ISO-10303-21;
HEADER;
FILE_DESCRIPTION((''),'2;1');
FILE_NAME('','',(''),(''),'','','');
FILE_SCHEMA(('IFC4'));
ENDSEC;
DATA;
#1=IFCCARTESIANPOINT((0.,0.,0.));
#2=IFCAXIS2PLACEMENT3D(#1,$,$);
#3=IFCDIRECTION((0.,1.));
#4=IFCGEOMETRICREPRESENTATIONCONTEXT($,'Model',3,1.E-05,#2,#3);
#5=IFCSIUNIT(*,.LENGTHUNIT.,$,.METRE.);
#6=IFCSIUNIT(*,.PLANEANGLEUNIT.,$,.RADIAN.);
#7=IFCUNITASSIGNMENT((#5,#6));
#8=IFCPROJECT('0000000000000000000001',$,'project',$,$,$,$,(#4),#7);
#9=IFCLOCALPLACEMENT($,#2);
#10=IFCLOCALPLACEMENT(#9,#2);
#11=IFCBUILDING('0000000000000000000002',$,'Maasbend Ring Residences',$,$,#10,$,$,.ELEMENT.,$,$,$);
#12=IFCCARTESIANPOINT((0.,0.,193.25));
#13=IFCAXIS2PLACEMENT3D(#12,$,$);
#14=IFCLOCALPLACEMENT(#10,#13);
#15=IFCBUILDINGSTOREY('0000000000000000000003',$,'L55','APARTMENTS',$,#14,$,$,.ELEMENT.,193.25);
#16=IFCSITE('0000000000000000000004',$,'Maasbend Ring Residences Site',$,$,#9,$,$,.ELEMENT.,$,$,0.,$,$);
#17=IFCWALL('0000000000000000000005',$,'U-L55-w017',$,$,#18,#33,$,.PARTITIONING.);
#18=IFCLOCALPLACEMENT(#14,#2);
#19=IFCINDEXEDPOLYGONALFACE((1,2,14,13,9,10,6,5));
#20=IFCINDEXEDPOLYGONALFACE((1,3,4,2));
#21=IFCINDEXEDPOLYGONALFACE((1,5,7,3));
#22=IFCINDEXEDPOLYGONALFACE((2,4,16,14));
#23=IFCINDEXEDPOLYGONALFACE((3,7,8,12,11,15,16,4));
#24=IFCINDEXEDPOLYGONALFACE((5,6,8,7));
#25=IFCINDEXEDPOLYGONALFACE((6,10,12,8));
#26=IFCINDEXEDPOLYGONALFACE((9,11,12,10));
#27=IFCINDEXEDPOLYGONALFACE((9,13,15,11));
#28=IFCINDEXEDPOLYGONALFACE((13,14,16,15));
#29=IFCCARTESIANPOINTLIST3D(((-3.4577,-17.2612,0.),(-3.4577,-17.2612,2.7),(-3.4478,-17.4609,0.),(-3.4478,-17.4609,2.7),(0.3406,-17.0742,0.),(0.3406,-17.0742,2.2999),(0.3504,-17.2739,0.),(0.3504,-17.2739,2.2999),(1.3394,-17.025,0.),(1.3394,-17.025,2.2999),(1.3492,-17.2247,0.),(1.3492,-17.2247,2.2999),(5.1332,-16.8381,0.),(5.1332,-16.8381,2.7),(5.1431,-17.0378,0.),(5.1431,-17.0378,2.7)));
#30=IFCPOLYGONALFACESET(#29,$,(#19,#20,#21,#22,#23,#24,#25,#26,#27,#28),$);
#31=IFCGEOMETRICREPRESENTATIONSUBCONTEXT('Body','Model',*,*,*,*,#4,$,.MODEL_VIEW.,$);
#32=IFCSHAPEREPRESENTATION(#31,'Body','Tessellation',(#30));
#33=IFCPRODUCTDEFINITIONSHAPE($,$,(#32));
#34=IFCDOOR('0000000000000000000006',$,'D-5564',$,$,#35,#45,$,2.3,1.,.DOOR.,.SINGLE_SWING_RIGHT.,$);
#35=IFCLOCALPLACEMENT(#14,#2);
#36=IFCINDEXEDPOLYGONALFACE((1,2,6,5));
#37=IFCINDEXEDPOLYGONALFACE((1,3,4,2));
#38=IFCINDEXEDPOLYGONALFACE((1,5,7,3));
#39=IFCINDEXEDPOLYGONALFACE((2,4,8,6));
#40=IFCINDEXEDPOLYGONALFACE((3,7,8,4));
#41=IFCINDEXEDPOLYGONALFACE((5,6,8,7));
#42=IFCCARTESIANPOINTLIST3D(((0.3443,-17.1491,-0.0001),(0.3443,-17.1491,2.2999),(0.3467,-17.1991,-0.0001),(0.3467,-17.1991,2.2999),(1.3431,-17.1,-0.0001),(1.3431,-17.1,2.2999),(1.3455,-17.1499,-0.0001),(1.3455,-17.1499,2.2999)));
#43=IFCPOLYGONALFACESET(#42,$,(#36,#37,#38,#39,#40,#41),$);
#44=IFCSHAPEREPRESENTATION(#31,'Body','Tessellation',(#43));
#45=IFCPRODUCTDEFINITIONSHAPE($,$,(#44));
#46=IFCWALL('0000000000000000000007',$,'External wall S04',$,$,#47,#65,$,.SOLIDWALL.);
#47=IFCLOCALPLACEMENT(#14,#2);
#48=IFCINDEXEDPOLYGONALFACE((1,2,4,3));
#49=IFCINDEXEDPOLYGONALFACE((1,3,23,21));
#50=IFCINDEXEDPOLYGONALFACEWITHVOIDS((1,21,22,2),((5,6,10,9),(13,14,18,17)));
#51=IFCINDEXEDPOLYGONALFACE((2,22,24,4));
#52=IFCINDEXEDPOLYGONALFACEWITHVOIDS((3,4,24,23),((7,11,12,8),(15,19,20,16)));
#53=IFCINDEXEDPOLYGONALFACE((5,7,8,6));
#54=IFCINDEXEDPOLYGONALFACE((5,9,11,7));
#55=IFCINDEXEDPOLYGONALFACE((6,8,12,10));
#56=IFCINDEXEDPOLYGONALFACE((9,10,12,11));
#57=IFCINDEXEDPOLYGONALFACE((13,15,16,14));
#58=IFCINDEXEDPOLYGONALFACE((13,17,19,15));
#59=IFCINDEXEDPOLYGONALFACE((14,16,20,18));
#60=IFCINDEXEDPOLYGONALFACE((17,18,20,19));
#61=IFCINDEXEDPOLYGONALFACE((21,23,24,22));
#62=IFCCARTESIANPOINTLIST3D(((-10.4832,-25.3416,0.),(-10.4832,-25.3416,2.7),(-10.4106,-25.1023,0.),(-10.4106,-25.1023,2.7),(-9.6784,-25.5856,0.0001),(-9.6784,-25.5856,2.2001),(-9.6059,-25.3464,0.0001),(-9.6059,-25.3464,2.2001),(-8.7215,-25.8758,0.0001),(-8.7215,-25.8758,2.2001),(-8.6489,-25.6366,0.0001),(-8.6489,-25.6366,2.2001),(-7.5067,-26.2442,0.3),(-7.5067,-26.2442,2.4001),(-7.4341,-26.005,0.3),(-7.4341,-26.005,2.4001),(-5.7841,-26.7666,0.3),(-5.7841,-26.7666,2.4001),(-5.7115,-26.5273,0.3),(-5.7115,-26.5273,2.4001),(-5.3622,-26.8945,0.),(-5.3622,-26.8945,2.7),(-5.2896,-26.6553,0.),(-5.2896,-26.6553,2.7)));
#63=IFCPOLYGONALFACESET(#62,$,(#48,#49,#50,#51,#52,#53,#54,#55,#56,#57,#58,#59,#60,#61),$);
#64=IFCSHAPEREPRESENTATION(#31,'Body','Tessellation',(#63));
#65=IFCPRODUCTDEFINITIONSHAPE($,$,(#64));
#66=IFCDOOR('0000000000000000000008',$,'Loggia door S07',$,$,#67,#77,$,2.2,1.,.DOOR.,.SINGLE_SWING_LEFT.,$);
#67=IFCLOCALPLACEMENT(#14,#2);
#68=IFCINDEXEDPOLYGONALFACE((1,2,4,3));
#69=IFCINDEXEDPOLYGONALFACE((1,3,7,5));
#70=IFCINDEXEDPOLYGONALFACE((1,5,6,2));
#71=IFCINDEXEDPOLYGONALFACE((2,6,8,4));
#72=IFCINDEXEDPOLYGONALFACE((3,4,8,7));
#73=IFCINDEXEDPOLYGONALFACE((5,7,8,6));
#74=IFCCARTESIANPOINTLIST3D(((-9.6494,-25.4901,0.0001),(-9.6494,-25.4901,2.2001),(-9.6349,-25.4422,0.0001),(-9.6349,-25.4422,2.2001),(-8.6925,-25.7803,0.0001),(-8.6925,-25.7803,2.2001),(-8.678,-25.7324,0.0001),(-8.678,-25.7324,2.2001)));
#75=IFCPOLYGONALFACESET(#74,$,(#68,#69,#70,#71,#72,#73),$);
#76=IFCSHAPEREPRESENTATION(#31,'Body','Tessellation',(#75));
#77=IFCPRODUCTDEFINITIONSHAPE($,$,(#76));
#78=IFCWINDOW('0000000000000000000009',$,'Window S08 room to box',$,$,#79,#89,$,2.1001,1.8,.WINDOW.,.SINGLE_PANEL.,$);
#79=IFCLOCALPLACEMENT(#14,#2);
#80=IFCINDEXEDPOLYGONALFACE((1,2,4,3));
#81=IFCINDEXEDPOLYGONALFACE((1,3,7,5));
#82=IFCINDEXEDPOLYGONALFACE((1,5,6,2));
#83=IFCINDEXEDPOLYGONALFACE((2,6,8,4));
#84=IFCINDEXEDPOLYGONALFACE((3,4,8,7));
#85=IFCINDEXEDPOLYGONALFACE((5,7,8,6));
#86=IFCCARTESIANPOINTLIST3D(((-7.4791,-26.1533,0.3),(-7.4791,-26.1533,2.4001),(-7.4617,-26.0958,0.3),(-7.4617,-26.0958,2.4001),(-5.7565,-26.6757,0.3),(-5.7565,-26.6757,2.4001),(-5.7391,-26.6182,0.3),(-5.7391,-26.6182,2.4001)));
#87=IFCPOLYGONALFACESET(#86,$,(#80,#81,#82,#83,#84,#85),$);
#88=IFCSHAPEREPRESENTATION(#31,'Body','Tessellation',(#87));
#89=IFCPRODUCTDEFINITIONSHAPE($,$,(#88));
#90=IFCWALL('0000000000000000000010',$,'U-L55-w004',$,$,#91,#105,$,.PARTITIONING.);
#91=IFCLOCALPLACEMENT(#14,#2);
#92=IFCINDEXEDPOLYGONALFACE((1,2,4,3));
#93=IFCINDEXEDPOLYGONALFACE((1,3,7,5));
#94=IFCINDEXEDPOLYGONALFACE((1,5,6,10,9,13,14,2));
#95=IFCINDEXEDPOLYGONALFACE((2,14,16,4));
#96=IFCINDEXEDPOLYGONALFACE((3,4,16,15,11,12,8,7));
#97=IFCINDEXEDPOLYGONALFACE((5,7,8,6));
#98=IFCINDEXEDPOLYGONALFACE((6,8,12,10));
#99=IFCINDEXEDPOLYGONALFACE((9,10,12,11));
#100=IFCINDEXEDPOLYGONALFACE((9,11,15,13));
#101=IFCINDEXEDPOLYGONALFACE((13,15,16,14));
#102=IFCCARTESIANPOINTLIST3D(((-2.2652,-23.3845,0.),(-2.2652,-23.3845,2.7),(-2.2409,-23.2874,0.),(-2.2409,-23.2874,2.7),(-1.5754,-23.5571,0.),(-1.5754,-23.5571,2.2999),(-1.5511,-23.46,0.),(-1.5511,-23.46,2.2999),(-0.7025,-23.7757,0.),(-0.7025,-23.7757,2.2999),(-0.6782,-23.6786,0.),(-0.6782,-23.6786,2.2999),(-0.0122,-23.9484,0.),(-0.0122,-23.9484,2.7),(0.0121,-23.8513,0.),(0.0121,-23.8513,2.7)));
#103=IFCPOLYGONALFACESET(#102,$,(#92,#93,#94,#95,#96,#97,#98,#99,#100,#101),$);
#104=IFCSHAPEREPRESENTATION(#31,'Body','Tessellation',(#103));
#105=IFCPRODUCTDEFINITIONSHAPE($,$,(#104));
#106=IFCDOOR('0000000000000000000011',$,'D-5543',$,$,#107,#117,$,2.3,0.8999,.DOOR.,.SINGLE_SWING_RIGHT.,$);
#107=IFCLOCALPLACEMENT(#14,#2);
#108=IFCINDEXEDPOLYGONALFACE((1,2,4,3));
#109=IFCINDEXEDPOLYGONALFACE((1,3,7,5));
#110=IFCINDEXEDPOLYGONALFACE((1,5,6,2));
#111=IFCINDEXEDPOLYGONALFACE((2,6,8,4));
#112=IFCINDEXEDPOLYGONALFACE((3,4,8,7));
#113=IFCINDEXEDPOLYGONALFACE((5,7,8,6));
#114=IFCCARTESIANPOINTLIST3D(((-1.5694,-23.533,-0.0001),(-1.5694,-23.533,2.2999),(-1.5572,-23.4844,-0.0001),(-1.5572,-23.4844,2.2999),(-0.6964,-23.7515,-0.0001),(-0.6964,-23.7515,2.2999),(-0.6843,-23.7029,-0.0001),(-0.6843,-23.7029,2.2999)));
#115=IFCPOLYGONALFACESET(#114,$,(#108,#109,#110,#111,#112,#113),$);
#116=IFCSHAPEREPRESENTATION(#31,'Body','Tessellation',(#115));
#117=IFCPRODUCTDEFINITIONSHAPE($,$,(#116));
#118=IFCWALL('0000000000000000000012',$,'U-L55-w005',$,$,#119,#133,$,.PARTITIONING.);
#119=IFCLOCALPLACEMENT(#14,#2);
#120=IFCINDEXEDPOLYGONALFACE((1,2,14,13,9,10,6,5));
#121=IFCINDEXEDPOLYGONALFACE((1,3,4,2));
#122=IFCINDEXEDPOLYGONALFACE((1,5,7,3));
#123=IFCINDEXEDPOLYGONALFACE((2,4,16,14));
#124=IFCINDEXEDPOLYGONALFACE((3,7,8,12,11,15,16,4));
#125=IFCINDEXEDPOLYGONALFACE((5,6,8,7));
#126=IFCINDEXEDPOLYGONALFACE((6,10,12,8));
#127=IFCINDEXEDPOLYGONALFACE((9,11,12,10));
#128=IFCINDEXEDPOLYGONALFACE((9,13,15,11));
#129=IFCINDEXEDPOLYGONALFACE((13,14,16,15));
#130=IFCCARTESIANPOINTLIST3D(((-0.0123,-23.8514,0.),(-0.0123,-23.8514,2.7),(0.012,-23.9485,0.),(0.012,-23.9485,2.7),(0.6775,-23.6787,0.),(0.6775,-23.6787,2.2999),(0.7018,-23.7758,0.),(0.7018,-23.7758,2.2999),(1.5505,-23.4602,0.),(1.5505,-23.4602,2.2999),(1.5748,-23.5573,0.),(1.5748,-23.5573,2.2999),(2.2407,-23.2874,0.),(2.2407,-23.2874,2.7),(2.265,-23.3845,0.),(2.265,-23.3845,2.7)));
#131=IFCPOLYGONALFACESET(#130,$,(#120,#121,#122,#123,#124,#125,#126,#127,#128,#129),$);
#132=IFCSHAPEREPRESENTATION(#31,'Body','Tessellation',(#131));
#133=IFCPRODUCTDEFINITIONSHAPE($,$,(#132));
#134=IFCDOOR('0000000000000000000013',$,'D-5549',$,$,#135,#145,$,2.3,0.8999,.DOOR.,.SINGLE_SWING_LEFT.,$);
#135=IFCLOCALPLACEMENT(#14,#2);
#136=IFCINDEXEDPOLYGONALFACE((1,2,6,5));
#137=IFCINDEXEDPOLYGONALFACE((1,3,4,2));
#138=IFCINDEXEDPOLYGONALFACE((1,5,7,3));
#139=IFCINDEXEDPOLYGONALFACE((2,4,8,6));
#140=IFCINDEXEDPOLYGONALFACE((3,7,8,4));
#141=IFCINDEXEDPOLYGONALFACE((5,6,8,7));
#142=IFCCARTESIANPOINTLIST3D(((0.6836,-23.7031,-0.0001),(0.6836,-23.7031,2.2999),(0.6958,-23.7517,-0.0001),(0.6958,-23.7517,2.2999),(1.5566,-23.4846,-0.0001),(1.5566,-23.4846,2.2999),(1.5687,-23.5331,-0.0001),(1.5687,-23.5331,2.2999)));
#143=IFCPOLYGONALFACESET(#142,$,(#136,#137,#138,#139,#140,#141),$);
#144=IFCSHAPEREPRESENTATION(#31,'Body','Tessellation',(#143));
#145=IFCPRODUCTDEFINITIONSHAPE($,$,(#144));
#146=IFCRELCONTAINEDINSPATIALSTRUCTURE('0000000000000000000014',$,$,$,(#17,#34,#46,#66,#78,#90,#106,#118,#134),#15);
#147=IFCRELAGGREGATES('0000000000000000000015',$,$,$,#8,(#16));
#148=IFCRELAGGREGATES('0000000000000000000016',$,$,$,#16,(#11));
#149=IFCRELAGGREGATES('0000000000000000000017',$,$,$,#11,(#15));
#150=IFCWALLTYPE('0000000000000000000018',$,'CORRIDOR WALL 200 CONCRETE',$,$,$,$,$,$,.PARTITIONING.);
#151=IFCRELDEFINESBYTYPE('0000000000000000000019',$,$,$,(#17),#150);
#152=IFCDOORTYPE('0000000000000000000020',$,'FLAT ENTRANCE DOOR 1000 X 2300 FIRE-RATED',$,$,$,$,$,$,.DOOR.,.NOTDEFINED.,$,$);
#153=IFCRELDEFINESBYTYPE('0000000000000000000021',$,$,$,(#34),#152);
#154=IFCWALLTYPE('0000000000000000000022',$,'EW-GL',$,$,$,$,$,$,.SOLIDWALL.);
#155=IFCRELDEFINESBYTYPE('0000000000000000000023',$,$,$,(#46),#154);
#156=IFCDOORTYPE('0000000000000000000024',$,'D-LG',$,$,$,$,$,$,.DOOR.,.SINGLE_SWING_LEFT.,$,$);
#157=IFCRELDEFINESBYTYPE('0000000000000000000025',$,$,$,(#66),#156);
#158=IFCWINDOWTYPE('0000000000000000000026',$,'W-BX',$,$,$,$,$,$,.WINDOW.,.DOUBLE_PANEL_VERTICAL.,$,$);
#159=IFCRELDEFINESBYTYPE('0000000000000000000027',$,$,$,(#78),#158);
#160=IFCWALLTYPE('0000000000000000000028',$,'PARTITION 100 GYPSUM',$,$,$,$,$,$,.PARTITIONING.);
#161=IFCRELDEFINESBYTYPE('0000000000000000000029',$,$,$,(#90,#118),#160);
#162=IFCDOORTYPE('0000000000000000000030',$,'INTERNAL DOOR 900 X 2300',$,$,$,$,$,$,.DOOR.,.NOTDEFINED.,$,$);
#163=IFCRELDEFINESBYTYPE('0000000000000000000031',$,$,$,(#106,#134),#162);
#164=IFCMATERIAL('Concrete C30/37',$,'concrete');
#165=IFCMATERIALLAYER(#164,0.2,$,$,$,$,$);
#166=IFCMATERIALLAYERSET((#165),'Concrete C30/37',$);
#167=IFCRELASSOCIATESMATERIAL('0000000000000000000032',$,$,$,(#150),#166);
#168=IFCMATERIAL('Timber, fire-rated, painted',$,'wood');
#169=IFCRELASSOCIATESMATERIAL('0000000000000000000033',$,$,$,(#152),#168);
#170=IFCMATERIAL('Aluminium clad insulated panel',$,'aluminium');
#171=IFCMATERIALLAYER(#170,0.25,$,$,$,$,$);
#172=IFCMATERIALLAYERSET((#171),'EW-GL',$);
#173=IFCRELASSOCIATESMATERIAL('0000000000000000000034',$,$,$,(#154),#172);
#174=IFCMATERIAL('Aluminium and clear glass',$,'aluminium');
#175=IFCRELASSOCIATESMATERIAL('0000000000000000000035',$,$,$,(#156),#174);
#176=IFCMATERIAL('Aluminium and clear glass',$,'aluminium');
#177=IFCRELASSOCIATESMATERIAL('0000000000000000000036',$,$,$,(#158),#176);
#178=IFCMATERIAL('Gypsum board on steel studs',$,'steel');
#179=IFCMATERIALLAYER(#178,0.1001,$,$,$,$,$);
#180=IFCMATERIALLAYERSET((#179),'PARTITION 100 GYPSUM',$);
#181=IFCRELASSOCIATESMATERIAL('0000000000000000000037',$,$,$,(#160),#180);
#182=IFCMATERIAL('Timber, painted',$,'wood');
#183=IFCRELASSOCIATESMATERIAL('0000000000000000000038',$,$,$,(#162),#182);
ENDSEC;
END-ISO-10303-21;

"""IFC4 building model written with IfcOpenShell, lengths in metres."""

from ifc_helpers import new_model, si_unit, direction, frame, frame_2d, origin, place, context, subcontext, project, spatial, rectangle, extrude, material, layer, layer_set, type_object, element, fill, save


model = new_model("IFC4")

# Units and contexts
model_context = context("Model", 3, precision=1e-05, world=origin(), true_north=direction((0.0, 1.0)))
body_context = subcontext(model_context, "Body", "Model", "MODEL_VIEW")
ifc_project = project(units=[si_unit("LENGTHUNIT", "METRE"), si_unit("PLANEANGLEUNIT", "RADIAN")], contexts=[model_context])

# Site, building, storey
site_placement = place(None, origin())
site = spatial("IfcSite", under=ifc_project, at=site_placement, Name="Maasbend Ring Residences Site", CompositionType="ELEMENT", RefElevation=0.0)
building_placement = place(site_placement, origin())
building = spatial("IfcBuilding", under=site, at=building_placement, Name="Maasbend Ring Residences", CompositionType="ELEMENT")
storey_placement = place(building_placement, frame((0.0, 0.0, 193.25)))
storey = spatial("IfcBuildingStorey", under=building, at=storey_placement, Name="L55", Description="APARTMENTS", CompositionType="ELEMENT", Elevation=193.25)

# Wall, opening, door
ifc_material_1 = material(Name="Concrete C30/37", Category="concrete")
ifc_layer_1 = layer(ifc_material_1, 0.2)
ifc_layer_set_1 = layer_set([ifc_layer_1], Name="Concrete C30/37")
wall_type_1 = type_object("IfcWallType", Name="CORRIDOR WALL 200 CONCRETE", PredefinedType="PARTITIONING", material=ifc_layer_set_1)
ifc_material_2 = material(Name="Timber, fire-rated, painted", Category="wood")
door_type_1 = type_object("IfcDoorType", Name="FLAT ENTRANCE DOOR 1000 X 2300 FIRE-RATED", OperationType="NOTDEFINED", PredefinedType="DOOR", material=ifc_material_2)
wall_1_placement = place(storey_placement, frame((-3.4529, -17.3611, 0.0), z_axis=(0.0, 0.0, 1.0), x_axis=(0.998789, 0.04919, 0.0)))
wall_1 = element("IfcWall", 1, at=wall_1_placement, inside=storey, type_object=wall_type_1, Name="U-L55-w017", PredefinedType="PARTITIONING", context=body_context, shape_type="SweptSolid", body=[
    extrude(rectangle(XDim=8.6013, YDim=0.2, at=frame_2d((4.3008, 0.0))), origin(), (0.0, 0.0, 1.0), 2.7),
])
opening_1_placement = place(wall_1_placement, frame((3.803, 0.0, 0.0)))
opening_1 = element("IfcOpeningElement", 2, at=opening_1_placement, cuts=wall_1, PredefinedType="OPENING", context=body_context, shape_type="SweptSolid", body=[
    extrude(rectangle(XDim=1.0, YDim=2.3, at=frame_2d((0.5, 1.1499))), frame((0.0, 0.1099, 0.0), z_axis=(0.0, -1.0, 0.0), x_axis=(1.0, 0.0, 0.0)), (0.0, 0.0, 1.0), 0.22),
])
door_1_placement = place(opening_1_placement, origin())
door_1 = element("IfcDoor", 3, at=door_1_placement, inside=storey, type_object=door_type_1, Name="D-5564", OperationType="SINGLE_SWING_RIGHT", OverallHeight=2.3, OverallWidth=1.0, PredefinedType="DOOR", context=body_context, shape_type="SweptSolid", body=[
    extrude(rectangle(XDim=1.0, YDim=2.3, at=frame_2d((0.5, 1.1499))), frame((0.0, 0.0249, 0.0), z_axis=(0.0, -1.0, 0.0), x_axis=(1.0, 0.0, 0.0)), (0.0, 0.0, 1.0), 0.05),
])
fill(opening_1, door_1)

# Wall, openings, door, window
ifc_material_3 = material(Name="Aluminium clad insulated panel", Category="aluminium")
ifc_layer_2 = layer(ifc_material_3, 0.25)
ifc_layer_set_2 = layer_set([ifc_layer_2], Name="EW-GL")
wall_type_2 = type_object("IfcWallType", Name="EW-GL", PredefinedType="SOLIDWALL", material=ifc_layer_set_2)
wall_2_placement = place(storey_placement, frame((-10.447, -25.2219, 0.0), z_axis=(0.0, 0.0, 1.0), x_axis=(0.956966, -0.290201, 0.0)))
wall_2 = element("IfcWall", 4, at=wall_2_placement, inside=storey, type_object=wall_type_2, Name="External wall S04", PredefinedType="SOLIDWALL", context=body_context, shape_type="SweptSolid", body=[
    extrude(rectangle(XDim=5.3513, YDim=0.25, at=frame_2d((2.6758, 0.0))), origin(), (0.0, 0.0, 1.0), 2.7),
])
opening_2_placement = place(wall_2_placement, frame((0.8411, 0.0, 0.0)))
opening_2 = element("IfcOpeningElement", 5, at=opening_2_placement, cuts=wall_2, PredefinedType="OPENING", context=body_context, shape_type="SweptSolid", body=[
    extrude(rectangle(XDim=1.0, YDim=2.2, at=frame_2d((0.5, 1.1001))), frame((0.0, 0.135, 0.0), z_axis=(0.0, -1.0, 0.0), x_axis=(1.0, 0.0, 0.0)), (0.0, 0.0, 1.0), 0.27),
])
opening_3_placement = place(wall_2_placement, frame((3.1106, 0.0, 0.3)))
opening_3 = element("IfcOpeningElement", 6, at=opening_3_placement, cuts=wall_2, PredefinedType="OPENING", context=body_context, shape_type="SweptSolid", body=[
    extrude(rectangle(XDim=1.8, YDim=2.1001, at=frame_2d((0.8999, 1.05))), frame((0.0, 0.135, 0.0), z_axis=(0.0, -1.0, 0.0), x_axis=(1.0, 0.0, 0.0)), (0.0, 0.0, 1.0), 0.27),
])
ifc_material_4 = material(Name="Aluminium and clear glass", Category="aluminium")
door_type_2 = type_object("IfcDoorType", Name="D-LG", OperationType="SINGLE_SWING_LEFT", PredefinedType="DOOR", material=ifc_material_4)
door_2_placement = place(opening_2_placement, origin())
door_2 = element("IfcDoor", 7, at=door_2_placement, inside=storey, type_object=door_type_2, Name="Loggia door S07", OperationType="SINGLE_SWING_LEFT", OverallHeight=2.2, OverallWidth=1.0, PredefinedType="DOOR", context=body_context, shape_type="SweptSolid", body=[
    extrude(rectangle(XDim=1.0, YDim=2.2, at=frame_2d((0.5, 1.1001))), frame((0.0, 0.0249, 0.0), z_axis=(0.0, -1.0, 0.0), x_axis=(1.0, 0.0, 0.0)), (0.0, 0.0, 1.0), 0.05),
])
fill(opening_2, door_2)
ifc_material_5 = material(Name="Aluminium and clear glass", Category="aluminium")
window_type = type_object("IfcWindowType", Name="W-BX", PartitioningType="DOUBLE_PANEL_VERTICAL", PredefinedType="WINDOW", material=ifc_material_5)
window_placement = place(opening_3_placement, origin())
window = element("IfcWindow", 8, at=window_placement, inside=storey, type_object=window_type, Name="Window S08 room to box", OverallHeight=2.1001, OverallWidth=1.8, PartitioningType="SINGLE_PANEL", PredefinedType="WINDOW", context=body_context, shape_type="SweptSolid", body=[
    extrude(rectangle(XDim=1.8, YDim=2.1001, at=frame_2d((0.8999, 1.05))), frame((0.0, 0.03, 0.0), z_axis=(0.0, -1.0, 0.0), x_axis=(1.0, 0.0, 0.0)), (0.0, 0.0, 1.0), 0.0601),
])
fill(opening_3, window)

# Walls, openings, doors
ifc_material_6 = material(Name="Gypsum board on steel studs", Category="steel")
ifc_layer_3 = layer(ifc_material_6, 0.1001)
ifc_layer_set_3 = layer_set([ifc_layer_3], Name="PARTITION 100 GYPSUM")
wall_type_3 = type_object("IfcWallType", Name="PARTITION 100 GYPSUM", PredefinedType="PARTITIONING", material=ifc_layer_set_3)
wall_3_placement = place(storey_placement, frame((-2.2529, -23.3359, 0.0), z_axis=(0.0, 0.0, 1.0), x_axis=(0.970068, -0.242832, 0.0)))
wall_3 = element("IfcWall", 9, at=wall_3_placement, inside=storey, type_object=wall_type_3, Name="U-L55-w004", PredefinedType="PARTITIONING", context=body_context, shape_type="SweptSolid", body=[
    extrude(rectangle(XDim=2.3225, YDim=0.1001, at=frame_2d((1.1611, 0.0))), origin(), (0.0, 0.0, 1.0), 2.7),
])
opening_4_placement = place(wall_3_placement, frame((0.7109, 0.0, 0.0)))
opening_4 = element("IfcOpeningElement", 10, at=opening_4_placement, cuts=wall_3, PredefinedType="OPENING", context=body_context, shape_type="SweptSolid", body=[
    extrude(rectangle(XDim=0.8999, YDim=2.3, at=frame_2d((0.45, 1.1499))), frame((0.0, 0.0601, 0.0), z_axis=(0.0, -1.0, 0.0), x_axis=(1.0, 0.0, 0.0)), (0.0, 0.0, 1.0), 0.1201),
])
ifc_material_7 = material(Name="Timber, painted", Category="wood")
door_type_3 = type_object("IfcDoorType", Name="INTERNAL DOOR 900 X 2300", OperationType="NOTDEFINED", PredefinedType="DOOR", material=ifc_material_7)
door_3_placement = place(opening_4_placement, origin())
door_3 = element("IfcDoor", 11, at=door_3_placement, inside=storey, type_object=door_type_3, Name="D-5543", OperationType="SINGLE_SWING_RIGHT", OverallHeight=2.3, OverallWidth=0.8999, PredefinedType="DOOR", context=body_context, shape_type="SweptSolid", body=[
    extrude(rectangle(XDim=0.8999, YDim=2.3, at=frame_2d((0.45, 1.1499))), frame((0.0, 0.0249, 0.0), z_axis=(0.0, -1.0, 0.0), x_axis=(1.0, 0.0, 0.0)), (0.0, 0.0, 1.0), 0.05),
])
fill(opening_4, door_3)
wall_4_placement = place(storey_placement, frame((0.0, -23.8999, 0.0), z_axis=(0.0, 0.0, 1.0), x_axis=(0.970068, 0.242832, 0.0)))
wall_4 = element("IfcWall", 12, at=wall_4_placement, inside=storey, type_object=wall_type_3, Name="U-L55-w005", PredefinedType="PARTITIONING", context=body_context, shape_type="SweptSolid", body=[
    extrude(rectangle(XDim=2.3225, YDim=0.1001, at=frame_2d((1.1611, 0.0))), origin(), (0.0, 0.0, 1.0), 2.7),
])
opening_5_placement = place(wall_4_placement, frame((0.7109, 0.0, 0.0)))
opening_5 = element("IfcOpeningElement", 13, at=opening_5_placement, cuts=wall_4, PredefinedType="OPENING", context=body_context, shape_type="SweptSolid", body=[
    extrude(rectangle(XDim=0.8999, YDim=2.3, at=frame_2d((0.45, 1.1499))), frame((0.0, 0.0601, 0.0), z_axis=(0.0, -1.0, 0.0), x_axis=(1.0, 0.0, 0.0)), (0.0, 0.0, 1.0), 0.1201),
])
door_4_placement = place(opening_5_placement, origin())
door_4 = element("IfcDoor", 14, at=door_4_placement, inside=storey, type_object=door_type_3, Name="D-5549", OperationType="SINGLE_SWING_LEFT", OverallHeight=2.3, OverallWidth=0.8999, PredefinedType="DOOR", context=body_context, shape_type="SweptSolid", body=[
    extrude(rectangle(XDim=0.8999, YDim=2.3, at=frame_2d((0.45, 1.1499))), frame((0.0, 0.0249, 0.0), z_axis=(0.0, -1.0, 0.0), x_axis=(1.0, 0.0, 0.0)), (0.0, 0.0, 1.0), 0.05),
])
fill(opening_5, door_4)

save(model, "model.ifc")
